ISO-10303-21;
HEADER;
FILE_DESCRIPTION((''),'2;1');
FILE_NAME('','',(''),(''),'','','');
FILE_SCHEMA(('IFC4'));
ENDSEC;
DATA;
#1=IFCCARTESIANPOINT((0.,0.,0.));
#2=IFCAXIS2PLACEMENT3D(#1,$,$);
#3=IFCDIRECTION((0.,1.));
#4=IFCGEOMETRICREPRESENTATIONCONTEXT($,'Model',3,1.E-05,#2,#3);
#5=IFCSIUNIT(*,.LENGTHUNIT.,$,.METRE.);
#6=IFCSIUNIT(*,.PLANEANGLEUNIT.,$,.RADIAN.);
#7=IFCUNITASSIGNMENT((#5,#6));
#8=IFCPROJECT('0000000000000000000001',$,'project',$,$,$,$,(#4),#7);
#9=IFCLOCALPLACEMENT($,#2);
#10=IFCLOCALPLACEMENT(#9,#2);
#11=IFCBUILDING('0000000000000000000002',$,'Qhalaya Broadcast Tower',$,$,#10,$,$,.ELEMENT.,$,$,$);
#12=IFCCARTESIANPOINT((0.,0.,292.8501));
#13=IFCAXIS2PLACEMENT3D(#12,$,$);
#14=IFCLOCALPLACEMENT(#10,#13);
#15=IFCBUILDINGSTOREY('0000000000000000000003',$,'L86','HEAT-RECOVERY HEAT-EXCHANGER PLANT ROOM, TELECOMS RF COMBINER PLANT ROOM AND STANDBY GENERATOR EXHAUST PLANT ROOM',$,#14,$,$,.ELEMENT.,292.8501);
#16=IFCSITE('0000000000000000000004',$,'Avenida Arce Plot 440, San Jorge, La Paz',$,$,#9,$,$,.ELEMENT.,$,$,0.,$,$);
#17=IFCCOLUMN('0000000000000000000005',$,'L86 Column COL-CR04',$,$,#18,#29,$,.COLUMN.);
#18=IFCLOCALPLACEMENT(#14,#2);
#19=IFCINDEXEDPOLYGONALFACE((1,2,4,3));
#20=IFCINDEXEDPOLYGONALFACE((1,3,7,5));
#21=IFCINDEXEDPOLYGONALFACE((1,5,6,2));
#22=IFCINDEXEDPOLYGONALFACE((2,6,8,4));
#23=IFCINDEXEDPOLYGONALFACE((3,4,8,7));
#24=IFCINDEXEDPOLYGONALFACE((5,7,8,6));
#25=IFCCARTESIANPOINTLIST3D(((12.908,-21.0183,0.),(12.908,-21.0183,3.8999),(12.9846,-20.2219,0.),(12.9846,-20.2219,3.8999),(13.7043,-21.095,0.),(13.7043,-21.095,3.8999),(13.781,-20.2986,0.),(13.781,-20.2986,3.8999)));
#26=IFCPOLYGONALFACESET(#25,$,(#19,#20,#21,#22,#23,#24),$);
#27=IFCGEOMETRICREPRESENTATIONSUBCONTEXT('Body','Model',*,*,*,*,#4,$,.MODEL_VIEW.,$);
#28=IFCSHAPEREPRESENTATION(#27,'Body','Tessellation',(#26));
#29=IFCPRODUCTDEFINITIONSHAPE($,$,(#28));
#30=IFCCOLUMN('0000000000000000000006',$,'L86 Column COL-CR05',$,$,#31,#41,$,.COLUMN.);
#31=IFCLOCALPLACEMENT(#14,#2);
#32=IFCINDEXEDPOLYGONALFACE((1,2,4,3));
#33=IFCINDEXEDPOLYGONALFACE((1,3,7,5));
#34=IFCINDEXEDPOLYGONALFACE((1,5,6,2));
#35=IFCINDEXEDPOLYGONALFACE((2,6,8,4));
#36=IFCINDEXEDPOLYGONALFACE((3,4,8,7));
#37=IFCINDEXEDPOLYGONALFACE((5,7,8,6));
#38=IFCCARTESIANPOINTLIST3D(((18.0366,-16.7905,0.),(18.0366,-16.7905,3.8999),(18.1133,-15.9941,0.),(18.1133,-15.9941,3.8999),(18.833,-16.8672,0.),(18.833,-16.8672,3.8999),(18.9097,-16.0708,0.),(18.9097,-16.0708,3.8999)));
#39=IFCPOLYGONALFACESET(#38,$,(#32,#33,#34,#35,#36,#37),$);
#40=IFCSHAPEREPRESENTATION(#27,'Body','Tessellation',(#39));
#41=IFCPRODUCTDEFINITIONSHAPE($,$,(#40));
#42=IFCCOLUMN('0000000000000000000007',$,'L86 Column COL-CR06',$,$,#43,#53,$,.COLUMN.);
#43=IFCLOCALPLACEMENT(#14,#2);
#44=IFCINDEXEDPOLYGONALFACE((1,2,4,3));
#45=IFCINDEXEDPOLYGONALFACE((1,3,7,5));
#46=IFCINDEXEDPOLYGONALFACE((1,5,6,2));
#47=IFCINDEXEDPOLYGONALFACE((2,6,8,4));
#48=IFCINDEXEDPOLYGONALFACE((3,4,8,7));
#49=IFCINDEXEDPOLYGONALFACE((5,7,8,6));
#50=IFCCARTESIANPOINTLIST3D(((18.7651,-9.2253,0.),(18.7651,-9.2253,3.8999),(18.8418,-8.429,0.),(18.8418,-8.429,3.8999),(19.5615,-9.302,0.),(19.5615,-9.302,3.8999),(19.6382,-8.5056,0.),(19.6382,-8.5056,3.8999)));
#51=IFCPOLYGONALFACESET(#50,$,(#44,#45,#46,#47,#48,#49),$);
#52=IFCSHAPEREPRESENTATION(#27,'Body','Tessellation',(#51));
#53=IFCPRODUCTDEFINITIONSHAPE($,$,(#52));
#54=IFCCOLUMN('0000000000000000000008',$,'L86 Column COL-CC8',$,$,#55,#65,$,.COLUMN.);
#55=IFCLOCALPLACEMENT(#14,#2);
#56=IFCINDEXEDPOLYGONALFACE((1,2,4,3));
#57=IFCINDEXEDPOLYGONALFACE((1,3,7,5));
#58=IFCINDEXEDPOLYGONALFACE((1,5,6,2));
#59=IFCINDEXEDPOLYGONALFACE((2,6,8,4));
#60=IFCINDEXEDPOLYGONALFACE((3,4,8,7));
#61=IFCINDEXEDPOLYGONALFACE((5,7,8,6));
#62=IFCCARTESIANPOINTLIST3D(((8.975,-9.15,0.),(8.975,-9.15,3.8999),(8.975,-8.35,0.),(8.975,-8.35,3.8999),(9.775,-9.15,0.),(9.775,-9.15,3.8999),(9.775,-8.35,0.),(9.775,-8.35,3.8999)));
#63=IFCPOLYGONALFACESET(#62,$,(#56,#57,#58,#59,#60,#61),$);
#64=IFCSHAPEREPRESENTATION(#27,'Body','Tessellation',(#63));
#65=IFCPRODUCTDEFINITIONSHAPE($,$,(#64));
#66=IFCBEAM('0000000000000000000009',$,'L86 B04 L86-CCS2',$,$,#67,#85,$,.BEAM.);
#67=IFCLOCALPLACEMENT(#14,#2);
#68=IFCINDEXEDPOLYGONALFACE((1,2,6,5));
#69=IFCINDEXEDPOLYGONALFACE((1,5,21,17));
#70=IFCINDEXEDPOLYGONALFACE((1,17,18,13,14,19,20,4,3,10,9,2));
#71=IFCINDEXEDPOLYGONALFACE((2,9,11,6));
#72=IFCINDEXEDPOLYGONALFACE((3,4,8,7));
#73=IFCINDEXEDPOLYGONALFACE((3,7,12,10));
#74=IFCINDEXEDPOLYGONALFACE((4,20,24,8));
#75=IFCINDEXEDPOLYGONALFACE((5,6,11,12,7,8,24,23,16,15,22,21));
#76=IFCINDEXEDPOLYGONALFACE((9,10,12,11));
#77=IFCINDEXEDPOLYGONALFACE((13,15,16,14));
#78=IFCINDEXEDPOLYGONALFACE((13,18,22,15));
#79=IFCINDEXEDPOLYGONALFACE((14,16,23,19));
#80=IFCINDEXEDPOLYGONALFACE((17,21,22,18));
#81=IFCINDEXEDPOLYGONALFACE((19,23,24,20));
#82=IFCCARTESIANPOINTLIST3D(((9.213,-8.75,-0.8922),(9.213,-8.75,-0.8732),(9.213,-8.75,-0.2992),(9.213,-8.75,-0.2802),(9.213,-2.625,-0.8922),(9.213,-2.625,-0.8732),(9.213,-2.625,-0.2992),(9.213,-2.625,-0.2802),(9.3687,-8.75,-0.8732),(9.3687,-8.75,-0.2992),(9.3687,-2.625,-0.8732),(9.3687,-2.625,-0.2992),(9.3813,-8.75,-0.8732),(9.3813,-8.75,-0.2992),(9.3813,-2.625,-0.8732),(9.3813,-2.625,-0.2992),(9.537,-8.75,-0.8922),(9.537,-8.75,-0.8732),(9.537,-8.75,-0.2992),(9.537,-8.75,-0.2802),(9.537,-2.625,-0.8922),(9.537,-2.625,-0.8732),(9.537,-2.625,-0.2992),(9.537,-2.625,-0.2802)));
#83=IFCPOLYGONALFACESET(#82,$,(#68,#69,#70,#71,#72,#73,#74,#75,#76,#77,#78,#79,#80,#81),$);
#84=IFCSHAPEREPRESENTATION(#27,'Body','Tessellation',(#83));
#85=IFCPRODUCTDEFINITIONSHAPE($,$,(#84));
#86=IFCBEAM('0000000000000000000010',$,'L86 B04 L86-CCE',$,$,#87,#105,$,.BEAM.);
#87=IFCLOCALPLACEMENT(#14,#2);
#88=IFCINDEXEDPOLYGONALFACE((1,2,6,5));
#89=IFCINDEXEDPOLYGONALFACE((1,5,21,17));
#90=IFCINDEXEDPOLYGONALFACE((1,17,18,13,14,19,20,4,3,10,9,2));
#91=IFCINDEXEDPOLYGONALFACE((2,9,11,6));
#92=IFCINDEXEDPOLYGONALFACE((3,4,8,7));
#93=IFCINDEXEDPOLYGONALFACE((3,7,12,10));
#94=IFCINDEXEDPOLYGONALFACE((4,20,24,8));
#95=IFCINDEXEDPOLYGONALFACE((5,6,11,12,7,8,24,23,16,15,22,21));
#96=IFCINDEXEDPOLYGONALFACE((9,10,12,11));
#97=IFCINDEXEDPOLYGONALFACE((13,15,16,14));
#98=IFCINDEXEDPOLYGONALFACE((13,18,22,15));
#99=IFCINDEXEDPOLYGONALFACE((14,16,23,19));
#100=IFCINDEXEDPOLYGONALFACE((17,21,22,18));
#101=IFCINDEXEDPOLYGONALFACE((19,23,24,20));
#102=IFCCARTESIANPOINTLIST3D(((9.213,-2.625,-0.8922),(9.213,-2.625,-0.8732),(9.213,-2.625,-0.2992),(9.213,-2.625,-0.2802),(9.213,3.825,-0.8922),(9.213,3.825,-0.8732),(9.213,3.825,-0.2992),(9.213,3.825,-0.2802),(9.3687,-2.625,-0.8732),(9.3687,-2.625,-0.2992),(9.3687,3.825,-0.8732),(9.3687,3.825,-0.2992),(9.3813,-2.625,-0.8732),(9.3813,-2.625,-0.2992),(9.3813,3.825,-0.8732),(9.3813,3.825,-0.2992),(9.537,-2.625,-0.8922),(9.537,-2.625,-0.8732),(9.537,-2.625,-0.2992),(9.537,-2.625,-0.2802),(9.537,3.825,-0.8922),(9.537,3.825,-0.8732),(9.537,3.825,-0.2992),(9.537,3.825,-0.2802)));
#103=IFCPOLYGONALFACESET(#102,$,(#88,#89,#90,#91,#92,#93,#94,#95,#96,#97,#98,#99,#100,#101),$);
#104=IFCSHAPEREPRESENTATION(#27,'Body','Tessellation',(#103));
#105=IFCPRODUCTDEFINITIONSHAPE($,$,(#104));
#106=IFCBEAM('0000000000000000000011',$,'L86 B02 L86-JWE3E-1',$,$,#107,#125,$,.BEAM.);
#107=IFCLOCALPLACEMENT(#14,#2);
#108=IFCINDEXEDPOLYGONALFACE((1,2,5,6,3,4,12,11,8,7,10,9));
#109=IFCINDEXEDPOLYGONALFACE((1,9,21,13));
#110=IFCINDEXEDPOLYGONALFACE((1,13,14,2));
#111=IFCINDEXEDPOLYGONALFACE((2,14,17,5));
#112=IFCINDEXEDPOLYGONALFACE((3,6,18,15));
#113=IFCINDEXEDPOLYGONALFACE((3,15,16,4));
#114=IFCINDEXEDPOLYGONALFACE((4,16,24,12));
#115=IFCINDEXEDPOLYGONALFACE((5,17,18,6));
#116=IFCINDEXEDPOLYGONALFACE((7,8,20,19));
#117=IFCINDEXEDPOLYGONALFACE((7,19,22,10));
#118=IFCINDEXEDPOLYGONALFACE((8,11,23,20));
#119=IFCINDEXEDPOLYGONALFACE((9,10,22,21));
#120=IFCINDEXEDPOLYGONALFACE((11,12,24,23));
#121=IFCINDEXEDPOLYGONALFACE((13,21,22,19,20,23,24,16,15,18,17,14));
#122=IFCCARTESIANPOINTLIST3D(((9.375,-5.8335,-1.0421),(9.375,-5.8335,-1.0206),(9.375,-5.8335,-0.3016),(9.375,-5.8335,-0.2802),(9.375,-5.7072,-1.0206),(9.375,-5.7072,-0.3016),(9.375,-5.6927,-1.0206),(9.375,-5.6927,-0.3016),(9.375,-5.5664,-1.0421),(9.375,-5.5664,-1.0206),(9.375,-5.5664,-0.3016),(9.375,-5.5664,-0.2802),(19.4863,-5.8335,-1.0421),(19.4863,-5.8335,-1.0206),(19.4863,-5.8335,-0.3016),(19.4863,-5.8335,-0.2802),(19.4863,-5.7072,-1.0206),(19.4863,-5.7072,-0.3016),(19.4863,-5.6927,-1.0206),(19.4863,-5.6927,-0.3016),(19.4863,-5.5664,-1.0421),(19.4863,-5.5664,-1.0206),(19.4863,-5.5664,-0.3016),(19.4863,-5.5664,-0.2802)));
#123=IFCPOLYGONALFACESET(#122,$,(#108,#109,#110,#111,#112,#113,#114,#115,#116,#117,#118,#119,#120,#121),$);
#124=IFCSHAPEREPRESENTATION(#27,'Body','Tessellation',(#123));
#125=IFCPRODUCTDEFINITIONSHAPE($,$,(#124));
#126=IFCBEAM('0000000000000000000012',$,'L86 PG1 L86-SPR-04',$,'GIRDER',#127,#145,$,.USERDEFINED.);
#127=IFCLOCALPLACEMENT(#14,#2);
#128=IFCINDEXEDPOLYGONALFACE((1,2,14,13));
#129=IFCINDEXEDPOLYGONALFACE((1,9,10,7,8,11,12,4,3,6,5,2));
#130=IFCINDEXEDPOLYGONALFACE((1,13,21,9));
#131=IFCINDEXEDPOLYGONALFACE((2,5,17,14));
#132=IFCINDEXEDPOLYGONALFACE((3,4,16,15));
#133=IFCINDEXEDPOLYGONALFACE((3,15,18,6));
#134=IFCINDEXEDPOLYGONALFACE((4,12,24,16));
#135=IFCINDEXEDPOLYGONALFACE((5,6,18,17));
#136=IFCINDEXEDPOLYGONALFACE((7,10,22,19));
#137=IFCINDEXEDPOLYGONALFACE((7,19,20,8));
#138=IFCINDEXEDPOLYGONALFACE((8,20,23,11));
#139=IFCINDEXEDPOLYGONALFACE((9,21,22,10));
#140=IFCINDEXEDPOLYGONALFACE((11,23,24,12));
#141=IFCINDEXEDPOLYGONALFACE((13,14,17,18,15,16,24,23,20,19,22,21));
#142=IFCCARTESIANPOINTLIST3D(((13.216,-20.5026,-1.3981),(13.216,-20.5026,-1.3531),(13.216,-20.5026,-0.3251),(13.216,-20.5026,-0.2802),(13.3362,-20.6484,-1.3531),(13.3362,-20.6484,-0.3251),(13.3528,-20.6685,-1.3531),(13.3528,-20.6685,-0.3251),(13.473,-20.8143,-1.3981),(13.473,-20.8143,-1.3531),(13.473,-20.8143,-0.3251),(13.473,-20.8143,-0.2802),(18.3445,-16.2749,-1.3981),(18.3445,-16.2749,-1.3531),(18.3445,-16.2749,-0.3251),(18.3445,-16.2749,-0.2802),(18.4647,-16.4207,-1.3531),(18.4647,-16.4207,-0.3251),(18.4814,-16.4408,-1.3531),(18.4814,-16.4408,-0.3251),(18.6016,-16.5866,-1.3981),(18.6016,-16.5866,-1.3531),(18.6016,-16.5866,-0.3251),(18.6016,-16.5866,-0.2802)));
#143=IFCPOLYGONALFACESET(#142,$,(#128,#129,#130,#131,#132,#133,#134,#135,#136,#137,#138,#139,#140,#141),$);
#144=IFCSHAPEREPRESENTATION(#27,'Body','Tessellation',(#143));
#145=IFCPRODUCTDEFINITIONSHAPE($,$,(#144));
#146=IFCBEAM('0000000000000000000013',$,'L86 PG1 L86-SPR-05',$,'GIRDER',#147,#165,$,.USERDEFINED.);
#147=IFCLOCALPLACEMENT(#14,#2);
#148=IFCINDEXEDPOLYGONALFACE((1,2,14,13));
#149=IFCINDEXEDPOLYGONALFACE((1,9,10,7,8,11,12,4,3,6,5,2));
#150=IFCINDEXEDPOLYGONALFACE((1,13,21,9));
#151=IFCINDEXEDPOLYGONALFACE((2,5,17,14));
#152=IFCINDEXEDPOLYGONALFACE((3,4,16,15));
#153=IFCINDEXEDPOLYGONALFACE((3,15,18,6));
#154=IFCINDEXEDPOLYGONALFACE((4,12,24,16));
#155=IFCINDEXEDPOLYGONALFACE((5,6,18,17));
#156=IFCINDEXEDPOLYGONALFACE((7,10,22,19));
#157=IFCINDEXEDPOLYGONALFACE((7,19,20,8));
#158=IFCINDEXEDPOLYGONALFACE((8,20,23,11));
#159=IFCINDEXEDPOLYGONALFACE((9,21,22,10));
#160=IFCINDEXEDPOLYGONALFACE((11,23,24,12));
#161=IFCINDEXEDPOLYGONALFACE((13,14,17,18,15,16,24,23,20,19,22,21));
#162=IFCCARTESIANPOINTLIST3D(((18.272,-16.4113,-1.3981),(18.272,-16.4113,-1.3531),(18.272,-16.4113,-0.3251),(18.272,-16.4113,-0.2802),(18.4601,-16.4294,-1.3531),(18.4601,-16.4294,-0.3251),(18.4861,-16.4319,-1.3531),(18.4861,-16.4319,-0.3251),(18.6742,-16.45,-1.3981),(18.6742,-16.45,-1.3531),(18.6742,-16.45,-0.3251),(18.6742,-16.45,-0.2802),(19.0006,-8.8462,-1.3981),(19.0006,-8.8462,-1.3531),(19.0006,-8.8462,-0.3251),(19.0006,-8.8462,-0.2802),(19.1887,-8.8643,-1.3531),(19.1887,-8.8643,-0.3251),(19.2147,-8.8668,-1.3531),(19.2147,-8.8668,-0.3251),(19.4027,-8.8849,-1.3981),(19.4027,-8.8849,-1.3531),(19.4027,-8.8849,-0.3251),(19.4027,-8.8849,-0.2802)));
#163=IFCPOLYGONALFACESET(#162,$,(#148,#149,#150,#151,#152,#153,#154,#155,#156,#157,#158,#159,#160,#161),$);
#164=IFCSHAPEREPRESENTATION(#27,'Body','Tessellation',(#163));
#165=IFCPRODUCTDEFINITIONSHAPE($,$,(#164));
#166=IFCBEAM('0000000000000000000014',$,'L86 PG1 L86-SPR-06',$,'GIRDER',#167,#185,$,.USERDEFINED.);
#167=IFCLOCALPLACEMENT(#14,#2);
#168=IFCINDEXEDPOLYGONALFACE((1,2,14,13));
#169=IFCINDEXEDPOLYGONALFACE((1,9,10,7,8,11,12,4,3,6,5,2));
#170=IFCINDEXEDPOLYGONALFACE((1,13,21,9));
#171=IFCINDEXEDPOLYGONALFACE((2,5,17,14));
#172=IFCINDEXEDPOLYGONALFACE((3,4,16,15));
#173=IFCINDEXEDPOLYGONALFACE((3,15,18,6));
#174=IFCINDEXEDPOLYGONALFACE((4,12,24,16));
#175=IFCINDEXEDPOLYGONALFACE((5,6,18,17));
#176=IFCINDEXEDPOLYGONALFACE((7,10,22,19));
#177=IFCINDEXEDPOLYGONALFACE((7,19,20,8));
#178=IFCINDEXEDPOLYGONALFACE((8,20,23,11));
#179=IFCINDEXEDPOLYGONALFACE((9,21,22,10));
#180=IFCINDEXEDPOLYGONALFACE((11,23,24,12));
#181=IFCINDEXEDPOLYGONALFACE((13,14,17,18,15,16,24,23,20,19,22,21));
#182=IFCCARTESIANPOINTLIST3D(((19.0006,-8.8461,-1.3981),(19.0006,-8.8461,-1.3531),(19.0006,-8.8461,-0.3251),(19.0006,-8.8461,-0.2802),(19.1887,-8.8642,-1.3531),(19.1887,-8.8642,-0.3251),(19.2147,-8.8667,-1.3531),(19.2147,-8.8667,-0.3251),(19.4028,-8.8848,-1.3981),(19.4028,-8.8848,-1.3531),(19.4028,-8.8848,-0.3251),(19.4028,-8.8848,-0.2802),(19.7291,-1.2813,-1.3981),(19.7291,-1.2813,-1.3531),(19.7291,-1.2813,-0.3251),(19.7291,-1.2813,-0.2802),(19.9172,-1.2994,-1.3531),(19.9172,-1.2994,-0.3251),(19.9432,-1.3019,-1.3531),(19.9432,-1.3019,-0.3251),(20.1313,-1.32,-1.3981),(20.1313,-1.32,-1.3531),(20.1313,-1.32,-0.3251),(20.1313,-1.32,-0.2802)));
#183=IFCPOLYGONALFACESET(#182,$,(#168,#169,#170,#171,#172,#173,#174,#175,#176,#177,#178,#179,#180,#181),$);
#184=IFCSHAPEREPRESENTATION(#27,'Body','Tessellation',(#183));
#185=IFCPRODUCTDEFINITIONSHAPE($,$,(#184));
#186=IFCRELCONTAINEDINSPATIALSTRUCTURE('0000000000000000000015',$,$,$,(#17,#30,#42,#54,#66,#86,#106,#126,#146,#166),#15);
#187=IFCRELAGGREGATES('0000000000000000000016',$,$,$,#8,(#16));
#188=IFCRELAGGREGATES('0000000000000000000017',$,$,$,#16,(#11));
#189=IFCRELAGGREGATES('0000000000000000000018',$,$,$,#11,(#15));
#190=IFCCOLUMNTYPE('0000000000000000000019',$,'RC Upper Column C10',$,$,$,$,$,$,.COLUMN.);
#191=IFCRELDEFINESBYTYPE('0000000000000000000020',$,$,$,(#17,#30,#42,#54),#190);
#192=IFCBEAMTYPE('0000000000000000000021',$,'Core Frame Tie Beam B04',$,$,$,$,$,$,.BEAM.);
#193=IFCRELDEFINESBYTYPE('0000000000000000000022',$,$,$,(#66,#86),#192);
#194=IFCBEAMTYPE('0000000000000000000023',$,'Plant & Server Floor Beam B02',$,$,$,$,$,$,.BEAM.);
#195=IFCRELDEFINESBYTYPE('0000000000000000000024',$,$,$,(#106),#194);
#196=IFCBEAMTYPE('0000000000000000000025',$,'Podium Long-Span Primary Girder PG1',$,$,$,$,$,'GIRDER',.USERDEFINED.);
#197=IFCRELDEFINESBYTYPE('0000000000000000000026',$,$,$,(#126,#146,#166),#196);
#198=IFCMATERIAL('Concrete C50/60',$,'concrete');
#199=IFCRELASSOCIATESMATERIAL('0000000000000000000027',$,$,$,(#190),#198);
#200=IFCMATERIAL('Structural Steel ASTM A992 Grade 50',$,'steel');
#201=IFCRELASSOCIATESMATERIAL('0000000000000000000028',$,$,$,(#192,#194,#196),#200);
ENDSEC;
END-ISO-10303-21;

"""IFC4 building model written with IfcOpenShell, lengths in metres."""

from ifc_helpers import new_model, si_unit, direction, frame, origin, origin_2d, place, context, subcontext, project, spatial, rectangle, i_section, extrude, material, material_profile, profile_set, type_object, element, save


model = new_model("IFC4")

# Units and contexts
model_context = context("Model", 3, precision=1e-05, world=origin(), true_north=direction((0.0, 1.0)))
body_context = subcontext(model_context, "Body", "Model", "MODEL_VIEW")
ifc_project = project(units=[si_unit("LENGTHUNIT", "METRE"), si_unit("PLANEANGLEUNIT", "RADIAN")], contexts=[model_context])

# Site, building, storey
site_placement = place(None, origin())
site = spatial("IfcSite", under=ifc_project, at=site_placement, Name="Avenida Arce Plot 440, San Jorge, La Paz", CompositionType="ELEMENT", RefElevation=0.0)
building_placement = place(site_placement, origin())
building = spatial("IfcBuilding", under=site, at=building_placement, Name="Qhalaya Broadcast Tower", CompositionType="ELEMENT")
storey_placement = place(building_placement, frame((0.0, 0.0, 292.8501)))
storey = spatial("IfcBuildingStorey", under=building, at=storey_placement, Name="L86", Description="HEAT-RECOVERY HEAT-EXCHANGER PLANT ROOM, TELECOMS RF COMBINER PLANT ROOM AND STANDBY GENERATOR EXHAUST PLANT ROOM", CompositionType="ELEMENT", Elevation=292.8501)

# Columns
ifc_material_1 = material(Name="Concrete C50/60", Category="concrete")
ifc_material_profile_1 = material_profile(ifc_material_1, rectangle(XDim=0.8, YDim=0.8, at=origin_2d()), Name="RC-COL 800x800")
ifc_profile_set_1 = profile_set([ifc_material_profile_1], Name="Concrete C50/60")
column_type = type_object("IfcColumnType", Name="RC Upper Column C10", PredefinedType="COLUMN", material=ifc_profile_set_1)
for number, where, z_axis, x_axis, name in (
    (1, (13.3445, -20.6584, 0.0), (0.0, 0.0, 1.0), (0.995396, -0.095846, 0.0), "L86 Column COL-CR04"),
    (2, (18.4731, -16.4307, 0.0), (0.0, 0.0, 1.0), (0.095846, 0.995396, 0.0), "L86 Column COL-CR05"),
    (3, (19.2017, -8.8655, 0.0), (0.0, 0.0, 1.0), (0.095846, 0.995396, 0.0), "L86 Column COL-CR06"),
    (4, (9.375, -8.75, 0.0), (0.0, 0.0, 1.0), (1.0, 0.0, 0.0), "L86 Column COL-CC8"),
):
    element("IfcColumn", number, at=place(storey_placement, frame(where, z_axis=z_axis, x_axis=x_axis)), inside=storey, type_object=column_type, Name=name, PredefinedType="COLUMN", context=body_context, shape_type="SweptSolid", body=[
        extrude(rectangle(XDim=0.8, YDim=0.8, at=origin_2d()), origin(), (0.0, 0.0, 1.0), 3.8999),
    ])

# Beams
ifc_material_2 = material(Name="Structural Steel ASTM A992 Grade 50", Category="steel")
ifc_material_profile_2 = material_profile(ifc_material_2, i_section(OverallWidth=0.324, OverallDepth=0.6121, WebThickness=0.0127, FlangeThickness=0.019, at=origin_2d()), Name="W24X104")
ifc_profile_set_2 = profile_set([ifc_material_profile_2], Name="Structural Steel ASTM A992 Grade 50")
beam_type_1 = type_object("IfcBeamType", Name="Core Frame Tie Beam B04", PredefinedType="BEAM", material=ifc_profile_set_2)
beam_1_placement = place(storey_placement, frame((9.375, -8.75, -0.5862), z_axis=(0.0, 1.0, 0.0), x_axis=(-1.0, 0.0, 0.0)))
element("IfcBeam", 5, at=beam_1_placement, inside=storey, type_object=beam_type_1, Name="L86 B04 L86-CCS2", PredefinedType="BEAM", context=body_context, shape_type="SweptSolid", body=[
    extrude(i_section(OverallWidth=0.324, OverallDepth=0.6121, WebThickness=0.0127, FlangeThickness=0.019, at=origin_2d()), origin(), (0.0, 0.0, 1.0), 6.125),
])
beam_2_placement = place(storey_placement, frame((9.375, -2.625, -0.5862), z_axis=(0.0, 1.0, 0.0), x_axis=(-1.0, 0.0, 0.0)))
element("IfcBeam", 6, at=beam_2_placement, inside=storey, type_object=beam_type_1, Name="L86 B04 L86-CCE", PredefinedType="BEAM", context=body_context, shape_type="SweptSolid", body=[
    extrude(i_section(OverallWidth=0.324, OverallDepth=0.6121, WebThickness=0.0127, FlangeThickness=0.019, at=origin_2d()), origin(), (0.0, 0.0, 1.0), 6.45),
])
ifc_material_profile_3 = material_profile(ifc_material_2, i_section(OverallWidth=0.2671, OverallDepth=0.762, WebThickness=0.0144, FlangeThickness=0.0215, at=origin_2d()), Name="W30X116")
ifc_profile_set_3 = profile_set([ifc_material_profile_3], Name="Structural Steel ASTM A992 Grade 50")
beam_type_2 = type_object("IfcBeamType", Name="Plant & Server Floor Beam B02", PredefinedType="BEAM", material=ifc_profile_set_3)
beam_3_placement = place(storey_placement, frame((9.375, -5.7, -0.6611), z_axis=(1.0, 0.0, 0.0), x_axis=(0.0, 1.0, 0.0)))
element("IfcBeam", 7, at=beam_3_placement, inside=storey, type_object=beam_type_2, Name="L86 B02 L86-JWE3E-1", PredefinedType="BEAM", context=body_context, shape_type="SweptSolid", body=[
    extrude(i_section(OverallWidth=0.2671, OverallDepth=0.762, WebThickness=0.0144, FlangeThickness=0.0215, at=origin_2d()), origin(), (0.0, 0.0, 1.0), 10.1113),
])
ifc_material_profile_4 = material_profile(ifc_material_2, i_section(OverallWidth=0.4041, OverallDepth=1.1179, WebThickness=0.0261, FlangeThickness=0.0449, at=origin_2d()), Name="W44X335")
ifc_profile_set_4 = profile_set([ifc_material_profile_4], Name="Structural Steel ASTM A992 Grade 50")
beam_type_3 = type_object("IfcBeamType", Name="Podium Long-Span Primary Girder PG1", ElementType="GIRDER", PredefinedType="USERDEFINED", material=ifc_profile_set_4)
beam_4_placement = place(storey_placement, frame((13.3445, -20.6584, -0.8391), z_axis=(0.771622, 0.636082, 0.0), x_axis=(-0.636082, 0.771622, 0.0)))
element("IfcBeam", 8, at=beam_4_placement, inside=storey, type_object=beam_type_3, Name="L86 PG1 L86-SPR-04", ObjectType="GIRDER", PredefinedType="USERDEFINED", context=body_context, shape_type="SweptSolid", body=[
    extrude(i_section(OverallWidth=0.4041, OverallDepth=1.1179, WebThickness=0.0261, FlangeThickness=0.0449, at=origin_2d()), origin(), (0.0, 0.0, 1.0), 6.6465),
])
beam_5_placement = place(storey_placement, frame((18.4731, -16.4307, -0.8391), z_axis=(0.095855, 0.995395, 0.0), x_axis=(-0.995395, 0.095855, 0.0)))
element("IfcBeam", 9, at=beam_5_placement, inside=storey, type_object=beam_type_3, Name="L86 PG1 L86-SPR-05", ObjectType="GIRDER", PredefinedType="USERDEFINED", context=body_context, shape_type="SweptSolid", body=[
    extrude(i_section(OverallWidth=0.4041, OverallDepth=1.1179, WebThickness=0.0261, FlangeThickness=0.0449, at=origin_2d()), origin(), (0.0, 0.0, 1.0), 7.6001),
])
beam_6_placement = place(storey_placement, frame((19.2017, -8.8655, -0.8391), z_axis=(0.095858, 0.995395, 0.0), x_axis=(-0.995395, 0.095858, 0.0)))
element("IfcBeam", 10, at=beam_6_placement, inside=storey, type_object=beam_type_3, Name="L86 PG1 L86-SPR-06", ObjectType="GIRDER", PredefinedType="USERDEFINED", context=body_context, shape_type="SweptSolid", body=[
    extrude(i_section(OverallWidth=0.4041, OverallDepth=1.1179, WebThickness=0.0261, FlangeThickness=0.0449, at=origin_2d()), origin(), (0.0, 0.0, 1.0), 7.5999),
])

save(model, "model.ifc")
